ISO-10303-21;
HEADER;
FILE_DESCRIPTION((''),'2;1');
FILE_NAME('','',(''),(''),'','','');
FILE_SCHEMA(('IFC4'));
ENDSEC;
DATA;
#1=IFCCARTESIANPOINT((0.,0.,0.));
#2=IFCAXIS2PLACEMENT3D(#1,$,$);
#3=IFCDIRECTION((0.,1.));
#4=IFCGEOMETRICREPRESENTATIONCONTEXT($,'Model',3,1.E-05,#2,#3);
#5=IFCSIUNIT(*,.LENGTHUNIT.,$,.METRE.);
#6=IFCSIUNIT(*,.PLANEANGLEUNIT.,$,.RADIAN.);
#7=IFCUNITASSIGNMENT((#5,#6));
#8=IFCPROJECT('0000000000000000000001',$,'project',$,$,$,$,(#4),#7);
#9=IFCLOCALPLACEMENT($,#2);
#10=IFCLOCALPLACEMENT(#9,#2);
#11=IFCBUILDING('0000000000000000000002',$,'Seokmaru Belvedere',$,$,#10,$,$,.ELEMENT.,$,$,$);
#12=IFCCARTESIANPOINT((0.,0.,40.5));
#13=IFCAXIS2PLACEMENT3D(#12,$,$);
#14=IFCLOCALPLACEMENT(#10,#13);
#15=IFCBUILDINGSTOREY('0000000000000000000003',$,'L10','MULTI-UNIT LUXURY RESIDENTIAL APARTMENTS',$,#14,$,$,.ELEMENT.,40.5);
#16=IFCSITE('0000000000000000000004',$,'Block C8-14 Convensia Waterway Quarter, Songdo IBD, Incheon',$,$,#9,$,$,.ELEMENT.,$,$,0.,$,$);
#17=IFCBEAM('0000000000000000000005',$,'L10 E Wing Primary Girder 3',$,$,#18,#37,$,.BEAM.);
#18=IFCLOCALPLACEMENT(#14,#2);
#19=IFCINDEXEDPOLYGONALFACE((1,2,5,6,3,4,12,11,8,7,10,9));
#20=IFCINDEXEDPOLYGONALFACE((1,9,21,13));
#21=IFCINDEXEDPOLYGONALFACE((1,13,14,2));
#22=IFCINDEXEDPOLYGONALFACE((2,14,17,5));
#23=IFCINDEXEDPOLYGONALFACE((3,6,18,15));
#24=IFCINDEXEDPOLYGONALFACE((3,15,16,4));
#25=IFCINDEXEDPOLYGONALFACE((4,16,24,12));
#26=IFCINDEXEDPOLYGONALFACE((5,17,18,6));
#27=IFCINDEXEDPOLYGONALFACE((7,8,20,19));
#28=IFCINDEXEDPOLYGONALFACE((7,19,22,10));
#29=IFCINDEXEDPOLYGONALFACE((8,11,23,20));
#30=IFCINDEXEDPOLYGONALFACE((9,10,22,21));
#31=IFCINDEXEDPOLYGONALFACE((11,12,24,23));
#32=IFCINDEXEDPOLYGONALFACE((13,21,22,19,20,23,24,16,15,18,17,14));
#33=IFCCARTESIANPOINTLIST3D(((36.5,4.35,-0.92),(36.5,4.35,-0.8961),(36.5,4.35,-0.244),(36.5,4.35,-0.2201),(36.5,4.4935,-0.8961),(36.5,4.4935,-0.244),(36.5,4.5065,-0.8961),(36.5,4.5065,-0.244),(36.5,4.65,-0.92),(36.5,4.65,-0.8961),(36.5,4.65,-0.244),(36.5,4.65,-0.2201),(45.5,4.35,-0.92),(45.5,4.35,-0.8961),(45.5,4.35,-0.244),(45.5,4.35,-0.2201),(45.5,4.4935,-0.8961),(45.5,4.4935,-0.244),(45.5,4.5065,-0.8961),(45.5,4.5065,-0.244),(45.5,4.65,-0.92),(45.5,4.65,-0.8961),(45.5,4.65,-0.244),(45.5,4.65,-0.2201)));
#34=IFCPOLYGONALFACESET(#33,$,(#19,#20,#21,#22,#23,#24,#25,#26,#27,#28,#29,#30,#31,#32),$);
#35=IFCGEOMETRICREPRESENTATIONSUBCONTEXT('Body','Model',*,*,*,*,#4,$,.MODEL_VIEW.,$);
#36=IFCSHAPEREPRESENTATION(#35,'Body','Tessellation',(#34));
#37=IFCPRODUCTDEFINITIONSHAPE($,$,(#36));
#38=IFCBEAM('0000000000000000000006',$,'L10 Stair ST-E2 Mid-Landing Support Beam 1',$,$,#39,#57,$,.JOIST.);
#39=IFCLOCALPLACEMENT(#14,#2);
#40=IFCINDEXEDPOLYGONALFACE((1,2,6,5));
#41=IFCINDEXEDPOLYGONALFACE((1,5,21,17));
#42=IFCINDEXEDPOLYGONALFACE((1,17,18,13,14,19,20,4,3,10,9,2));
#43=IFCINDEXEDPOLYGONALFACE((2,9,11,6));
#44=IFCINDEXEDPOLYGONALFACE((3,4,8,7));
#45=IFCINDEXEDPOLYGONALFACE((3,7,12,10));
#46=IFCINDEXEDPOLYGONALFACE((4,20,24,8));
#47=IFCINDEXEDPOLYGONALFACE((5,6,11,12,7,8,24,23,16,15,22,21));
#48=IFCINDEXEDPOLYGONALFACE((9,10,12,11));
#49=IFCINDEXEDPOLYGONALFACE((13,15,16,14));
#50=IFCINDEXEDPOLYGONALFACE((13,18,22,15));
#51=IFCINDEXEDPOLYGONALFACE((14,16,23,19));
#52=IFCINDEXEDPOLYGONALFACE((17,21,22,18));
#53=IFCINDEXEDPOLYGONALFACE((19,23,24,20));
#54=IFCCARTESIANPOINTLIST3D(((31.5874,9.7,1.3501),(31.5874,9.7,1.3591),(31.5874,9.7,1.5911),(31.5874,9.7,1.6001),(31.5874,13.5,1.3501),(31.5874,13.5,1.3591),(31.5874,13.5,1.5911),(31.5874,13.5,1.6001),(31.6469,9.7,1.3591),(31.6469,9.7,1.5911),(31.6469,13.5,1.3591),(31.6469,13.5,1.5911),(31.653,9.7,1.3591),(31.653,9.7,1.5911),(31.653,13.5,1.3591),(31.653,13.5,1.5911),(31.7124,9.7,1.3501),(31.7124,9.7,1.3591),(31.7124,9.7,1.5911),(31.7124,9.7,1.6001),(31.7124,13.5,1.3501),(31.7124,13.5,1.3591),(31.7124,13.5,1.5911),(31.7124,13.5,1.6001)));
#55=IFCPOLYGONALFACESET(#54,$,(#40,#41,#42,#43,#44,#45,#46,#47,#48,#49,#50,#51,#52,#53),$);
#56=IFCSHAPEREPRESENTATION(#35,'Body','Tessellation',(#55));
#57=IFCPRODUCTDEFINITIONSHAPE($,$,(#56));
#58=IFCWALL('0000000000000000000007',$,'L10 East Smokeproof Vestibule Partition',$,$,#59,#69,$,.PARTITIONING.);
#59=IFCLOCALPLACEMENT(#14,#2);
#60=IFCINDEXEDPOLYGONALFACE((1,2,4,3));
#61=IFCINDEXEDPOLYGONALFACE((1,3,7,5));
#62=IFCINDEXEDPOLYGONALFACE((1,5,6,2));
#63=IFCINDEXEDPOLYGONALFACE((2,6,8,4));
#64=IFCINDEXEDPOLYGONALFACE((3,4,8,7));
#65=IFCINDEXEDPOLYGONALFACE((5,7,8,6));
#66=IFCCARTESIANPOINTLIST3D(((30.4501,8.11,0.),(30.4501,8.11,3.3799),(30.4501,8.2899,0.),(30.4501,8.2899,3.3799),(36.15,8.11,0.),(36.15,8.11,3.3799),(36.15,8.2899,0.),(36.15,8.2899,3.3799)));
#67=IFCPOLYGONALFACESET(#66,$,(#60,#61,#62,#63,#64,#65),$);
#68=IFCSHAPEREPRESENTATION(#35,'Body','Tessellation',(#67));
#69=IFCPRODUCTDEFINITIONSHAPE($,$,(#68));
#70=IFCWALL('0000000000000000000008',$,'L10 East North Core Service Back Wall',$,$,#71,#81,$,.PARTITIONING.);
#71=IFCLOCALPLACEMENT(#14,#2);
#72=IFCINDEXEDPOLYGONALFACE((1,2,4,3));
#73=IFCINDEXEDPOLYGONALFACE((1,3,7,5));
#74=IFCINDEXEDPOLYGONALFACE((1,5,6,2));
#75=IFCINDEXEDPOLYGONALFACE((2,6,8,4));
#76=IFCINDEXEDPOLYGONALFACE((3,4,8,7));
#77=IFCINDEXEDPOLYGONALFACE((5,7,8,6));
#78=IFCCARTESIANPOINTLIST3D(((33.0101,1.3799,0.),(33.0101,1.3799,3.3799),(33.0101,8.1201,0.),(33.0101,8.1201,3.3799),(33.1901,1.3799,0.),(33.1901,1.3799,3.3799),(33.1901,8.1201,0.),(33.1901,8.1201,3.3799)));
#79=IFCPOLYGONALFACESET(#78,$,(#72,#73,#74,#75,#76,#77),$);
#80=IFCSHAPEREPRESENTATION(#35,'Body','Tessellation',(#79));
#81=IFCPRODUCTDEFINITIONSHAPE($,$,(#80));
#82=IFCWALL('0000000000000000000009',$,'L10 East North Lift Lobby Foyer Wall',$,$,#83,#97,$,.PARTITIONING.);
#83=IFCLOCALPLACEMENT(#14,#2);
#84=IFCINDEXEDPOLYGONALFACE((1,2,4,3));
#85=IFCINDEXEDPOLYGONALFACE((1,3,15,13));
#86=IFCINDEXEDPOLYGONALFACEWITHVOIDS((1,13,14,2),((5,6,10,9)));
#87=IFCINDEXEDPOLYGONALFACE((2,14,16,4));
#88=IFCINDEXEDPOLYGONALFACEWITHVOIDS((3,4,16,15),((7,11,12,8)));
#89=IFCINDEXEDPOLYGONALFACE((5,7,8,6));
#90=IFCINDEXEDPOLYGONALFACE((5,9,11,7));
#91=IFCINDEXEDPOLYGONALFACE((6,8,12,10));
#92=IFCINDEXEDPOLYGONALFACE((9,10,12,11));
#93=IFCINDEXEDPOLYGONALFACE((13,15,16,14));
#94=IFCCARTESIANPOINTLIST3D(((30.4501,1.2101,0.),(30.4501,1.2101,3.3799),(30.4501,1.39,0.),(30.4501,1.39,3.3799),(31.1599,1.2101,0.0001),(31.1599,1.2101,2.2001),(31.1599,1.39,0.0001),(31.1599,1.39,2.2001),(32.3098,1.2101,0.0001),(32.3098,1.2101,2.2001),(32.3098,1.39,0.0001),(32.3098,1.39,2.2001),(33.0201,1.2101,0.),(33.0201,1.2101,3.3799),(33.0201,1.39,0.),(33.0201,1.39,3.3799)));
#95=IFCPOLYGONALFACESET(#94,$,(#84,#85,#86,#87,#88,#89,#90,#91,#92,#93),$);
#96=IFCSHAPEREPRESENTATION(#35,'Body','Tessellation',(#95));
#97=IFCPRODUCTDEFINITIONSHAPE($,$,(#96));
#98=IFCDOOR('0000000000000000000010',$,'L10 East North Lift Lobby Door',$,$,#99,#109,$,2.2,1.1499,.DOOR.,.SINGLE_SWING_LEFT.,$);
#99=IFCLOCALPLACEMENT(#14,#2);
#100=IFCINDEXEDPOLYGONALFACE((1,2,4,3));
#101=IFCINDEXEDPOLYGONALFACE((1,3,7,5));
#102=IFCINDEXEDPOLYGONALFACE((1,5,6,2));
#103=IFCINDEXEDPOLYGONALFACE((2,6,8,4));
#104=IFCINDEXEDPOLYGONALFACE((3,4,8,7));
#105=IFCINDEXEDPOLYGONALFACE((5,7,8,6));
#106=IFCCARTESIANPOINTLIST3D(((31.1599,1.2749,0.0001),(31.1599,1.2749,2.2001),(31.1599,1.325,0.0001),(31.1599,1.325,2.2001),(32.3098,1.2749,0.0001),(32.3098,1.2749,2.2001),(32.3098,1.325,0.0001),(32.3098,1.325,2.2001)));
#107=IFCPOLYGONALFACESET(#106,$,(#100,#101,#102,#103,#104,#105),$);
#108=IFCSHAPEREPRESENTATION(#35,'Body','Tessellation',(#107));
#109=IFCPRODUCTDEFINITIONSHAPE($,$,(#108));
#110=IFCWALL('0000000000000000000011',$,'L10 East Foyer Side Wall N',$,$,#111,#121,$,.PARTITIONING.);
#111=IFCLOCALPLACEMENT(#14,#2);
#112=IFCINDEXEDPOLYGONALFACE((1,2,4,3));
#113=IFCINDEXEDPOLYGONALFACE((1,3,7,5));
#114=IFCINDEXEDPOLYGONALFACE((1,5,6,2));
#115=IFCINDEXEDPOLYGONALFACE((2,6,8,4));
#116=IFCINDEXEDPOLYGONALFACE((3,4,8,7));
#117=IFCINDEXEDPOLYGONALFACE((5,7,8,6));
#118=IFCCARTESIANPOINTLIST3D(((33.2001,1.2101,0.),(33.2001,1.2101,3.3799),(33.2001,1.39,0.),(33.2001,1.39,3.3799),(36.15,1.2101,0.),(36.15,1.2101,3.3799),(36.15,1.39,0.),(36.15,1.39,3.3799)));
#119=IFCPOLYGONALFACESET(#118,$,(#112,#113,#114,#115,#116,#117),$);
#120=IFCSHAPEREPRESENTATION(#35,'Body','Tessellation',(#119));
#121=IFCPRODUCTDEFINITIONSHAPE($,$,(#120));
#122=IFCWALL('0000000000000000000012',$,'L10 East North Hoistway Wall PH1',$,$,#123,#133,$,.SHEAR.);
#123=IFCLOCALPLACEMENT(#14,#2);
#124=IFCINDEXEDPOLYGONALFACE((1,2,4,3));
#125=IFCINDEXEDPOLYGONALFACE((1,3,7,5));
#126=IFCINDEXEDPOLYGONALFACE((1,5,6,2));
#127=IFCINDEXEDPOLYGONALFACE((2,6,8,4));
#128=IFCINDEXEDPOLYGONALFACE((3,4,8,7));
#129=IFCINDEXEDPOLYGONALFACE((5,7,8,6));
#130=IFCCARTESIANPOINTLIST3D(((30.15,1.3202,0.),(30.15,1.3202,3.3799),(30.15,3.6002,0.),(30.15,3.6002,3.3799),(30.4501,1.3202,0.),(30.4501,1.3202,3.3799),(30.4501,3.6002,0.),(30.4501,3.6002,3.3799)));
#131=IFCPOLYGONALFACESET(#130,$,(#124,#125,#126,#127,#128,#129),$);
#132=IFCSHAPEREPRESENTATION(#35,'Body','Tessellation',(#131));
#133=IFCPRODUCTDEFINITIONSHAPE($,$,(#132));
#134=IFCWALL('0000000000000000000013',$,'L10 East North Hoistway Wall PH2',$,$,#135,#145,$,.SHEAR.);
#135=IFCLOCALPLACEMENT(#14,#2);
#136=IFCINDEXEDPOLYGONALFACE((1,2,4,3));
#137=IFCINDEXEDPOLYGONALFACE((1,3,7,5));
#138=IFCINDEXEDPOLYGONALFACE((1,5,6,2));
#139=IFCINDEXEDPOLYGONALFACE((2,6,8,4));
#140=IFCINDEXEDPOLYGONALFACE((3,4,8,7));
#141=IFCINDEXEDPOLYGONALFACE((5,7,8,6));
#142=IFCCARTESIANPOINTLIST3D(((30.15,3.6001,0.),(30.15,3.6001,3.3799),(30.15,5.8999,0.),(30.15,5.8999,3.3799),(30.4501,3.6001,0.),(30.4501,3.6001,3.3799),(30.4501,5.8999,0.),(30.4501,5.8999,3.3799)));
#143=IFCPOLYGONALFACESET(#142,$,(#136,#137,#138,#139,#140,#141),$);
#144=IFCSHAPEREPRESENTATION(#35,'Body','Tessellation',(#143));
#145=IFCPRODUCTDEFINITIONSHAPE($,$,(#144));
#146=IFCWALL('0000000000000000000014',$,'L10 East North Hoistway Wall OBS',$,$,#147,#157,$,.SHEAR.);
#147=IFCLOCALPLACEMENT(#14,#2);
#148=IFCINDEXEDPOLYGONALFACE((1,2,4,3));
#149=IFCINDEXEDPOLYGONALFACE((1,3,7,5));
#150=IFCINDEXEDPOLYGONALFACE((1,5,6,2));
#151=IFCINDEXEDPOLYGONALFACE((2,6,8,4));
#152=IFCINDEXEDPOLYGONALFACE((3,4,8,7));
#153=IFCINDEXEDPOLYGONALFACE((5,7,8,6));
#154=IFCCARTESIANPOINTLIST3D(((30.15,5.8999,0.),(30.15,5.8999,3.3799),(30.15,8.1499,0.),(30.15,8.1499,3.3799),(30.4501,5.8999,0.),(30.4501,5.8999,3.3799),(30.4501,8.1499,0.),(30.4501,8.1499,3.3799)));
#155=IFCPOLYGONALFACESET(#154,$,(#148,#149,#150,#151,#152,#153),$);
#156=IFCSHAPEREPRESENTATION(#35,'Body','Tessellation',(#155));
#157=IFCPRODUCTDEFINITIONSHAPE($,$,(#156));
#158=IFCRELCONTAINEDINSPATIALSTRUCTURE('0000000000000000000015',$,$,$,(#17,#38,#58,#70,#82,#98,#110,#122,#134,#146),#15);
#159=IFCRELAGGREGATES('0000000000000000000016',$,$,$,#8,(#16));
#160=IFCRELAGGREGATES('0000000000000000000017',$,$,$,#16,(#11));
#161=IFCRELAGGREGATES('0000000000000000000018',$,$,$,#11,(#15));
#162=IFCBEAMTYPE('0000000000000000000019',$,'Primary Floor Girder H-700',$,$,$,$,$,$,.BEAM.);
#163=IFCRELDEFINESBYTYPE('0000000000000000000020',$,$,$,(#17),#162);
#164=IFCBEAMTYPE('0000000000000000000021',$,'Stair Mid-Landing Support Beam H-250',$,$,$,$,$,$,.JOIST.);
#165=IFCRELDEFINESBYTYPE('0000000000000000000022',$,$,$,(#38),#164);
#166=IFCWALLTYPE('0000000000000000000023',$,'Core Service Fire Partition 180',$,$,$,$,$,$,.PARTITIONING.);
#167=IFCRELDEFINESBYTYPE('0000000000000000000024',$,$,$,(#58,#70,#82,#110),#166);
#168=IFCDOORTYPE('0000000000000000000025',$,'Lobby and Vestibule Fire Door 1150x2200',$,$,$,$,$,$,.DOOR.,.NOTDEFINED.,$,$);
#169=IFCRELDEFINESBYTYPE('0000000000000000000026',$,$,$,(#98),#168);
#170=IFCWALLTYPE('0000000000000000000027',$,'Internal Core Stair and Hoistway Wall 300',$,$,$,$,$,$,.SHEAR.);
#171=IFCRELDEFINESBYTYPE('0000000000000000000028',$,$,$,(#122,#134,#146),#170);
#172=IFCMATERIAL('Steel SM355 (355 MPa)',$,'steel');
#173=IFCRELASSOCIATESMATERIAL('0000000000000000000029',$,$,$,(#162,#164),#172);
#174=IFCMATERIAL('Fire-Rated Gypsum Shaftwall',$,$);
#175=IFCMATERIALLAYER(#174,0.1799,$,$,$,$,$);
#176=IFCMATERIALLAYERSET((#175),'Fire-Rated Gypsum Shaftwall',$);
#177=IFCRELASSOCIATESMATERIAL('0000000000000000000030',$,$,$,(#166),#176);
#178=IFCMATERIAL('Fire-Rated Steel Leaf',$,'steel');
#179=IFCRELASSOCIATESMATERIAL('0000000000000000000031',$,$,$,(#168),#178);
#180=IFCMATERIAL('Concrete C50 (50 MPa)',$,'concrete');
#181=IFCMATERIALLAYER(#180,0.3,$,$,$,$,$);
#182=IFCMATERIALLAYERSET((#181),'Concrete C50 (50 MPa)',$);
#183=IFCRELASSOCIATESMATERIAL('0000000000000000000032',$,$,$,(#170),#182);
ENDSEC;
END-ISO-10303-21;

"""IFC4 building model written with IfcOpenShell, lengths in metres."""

from ifc_helpers import new_model, si_unit, direction, frame, frame_2d, origin, origin_2d, place, context, subcontext, project, spatial, rectangle, i_section, extrude, source, transform, mapped, material, layer, layer_set, material_profile, profile_set, type_object, type_shapes, element, fill, save


model = new_model("IFC4")

# Units and contexts
model_context = context("Model", 3, precision=1e-05, world=origin(), true_north=direction((0.0, 1.0)))
body_context = subcontext(model_context, "Body", "Model", "MODEL_VIEW")
ifc_project = project(units=[si_unit("LENGTHUNIT", "METRE"), si_unit("PLANEANGLEUNIT", "RADIAN")], contexts=[model_context])

# Site, building, storey
site_placement = place(None, origin())
site = spatial("IfcSite", under=ifc_project, at=site_placement, Name="Block C8-14 Convensia Waterway Quarter, Songdo IBD, Incheon", CompositionType="ELEMENT", RefElevation=0.0)
building_placement = place(site_placement, origin())
building = spatial("IfcBuilding", under=site, at=building_placement, Name="Seokmaru Belvedere", CompositionType="ELEMENT")
storey_placement = place(building_placement, frame((0.0, 0.0, 40.5)))
storey = spatial("IfcBuildingStorey", under=building, at=storey_placement, Name="L10", Description="MULTI-UNIT LUXURY RESIDENTIAL APARTMENTS", CompositionType="ELEMENT", Elevation=40.5)

# Beams
ifc_material_1 = material(Name="Steel SM355 (355 MPa)", Category="steel")
ifc_material_profile_1 = material_profile(ifc_material_1, i_section(OverallWidth=0.3, OverallDepth=0.7, WebThickness=0.0129, FlangeThickness=0.0239, at=origin_2d()), Name="H-700x300x13x24")
ifc_profile_set_1 = profile_set([ifc_material_profile_1], Name="Steel SM355 (355 MPa)")
beam_type_1 = type_object("IfcBeamType", Name="Primary Floor Girder H-700", PredefinedType="BEAM", material=ifc_profile_set_1)
shared_shape_1 = source(origin(), body_context, "Body", "SweptSolid", [
    extrude(i_section(OverallWidth=0.3, OverallDepth=0.7, WebThickness=0.0129, FlangeThickness=0.0239, at=origin_2d()), origin(), (0.0, 0.0, 1.0), 9.0),
])
type_shapes(beam_type_1, [shared_shape_1])
beam_1_placement = place(storey_placement, frame((36.5, 4.5, -0.5701), z_axis=(1.0, 0.0, 0.0), x_axis=(0.0, 1.0, 0.0)))
element("IfcBeam", 1, at=beam_1_placement, inside=storey, type_object=beam_type_1, Name="L10 E Wing Primary Girder 3", PredefinedType="BEAM", context=body_context, shape_type="MappedRepresentation", body=[
    mapped(shared_shape_1, transform((0.0, 0.0, 0.0), scale=1.0)),
])
ifc_material_profile_2 = material_profile(ifc_material_1, i_section(OverallWidth=0.125, OverallDepth=0.25, WebThickness=0.0061, FlangeThickness=0.009, at=origin_2d()), Name="H-250x125x6x9")
ifc_profile_set_2 = profile_set([ifc_material_profile_2], Name="Steel SM355 (355 MPa)")
beam_type_2 = type_object("IfcBeamType", Name="Stair Mid-Landing Support Beam H-250", PredefinedType="JOIST", material=ifc_profile_set_2)
shared_shape_2 = source(origin(), body_context, "Body", "SweptSolid", [
    extrude(i_section(OverallWidth=0.125, OverallDepth=0.25, WebThickness=0.0061, FlangeThickness=0.009, at=origin_2d()), origin(), (0.0, 0.0, 1.0), 3.8),
])
type_shapes(beam_type_2, [shared_shape_2])
beam_2_placement = place(storey_placement, frame((31.6499, 9.7, 1.4751), z_axis=(0.0, 1.0, 0.0), x_axis=(-1.0, 0.0, 0.0)))
element("IfcBeam", 2, at=beam_2_placement, inside=storey, type_object=beam_type_2, Name="L10 Stair ST-E2 Mid-Landing Support Beam 1", PredefinedType="JOIST", context=body_context, shape_type="MappedRepresentation", body=[
    mapped(shared_shape_2, transform((0.0, 0.0, 0.0), scale=1.0)),
])

# Walls
ifc_material_2 = material(Name="Fire-Rated Gypsum Shaftwall")
ifc_layer_1 = layer(ifc_material_2, 0.1799)
ifc_layer_set_1 = layer_set([ifc_layer_1], Name="Fire-Rated Gypsum Shaftwall")
wall_type_1 = type_object("IfcWallType", Name="Core Service Fire Partition 180", PredefinedType="PARTITIONING", material=ifc_layer_set_1)
wall_1_placement = place(storey_placement, frame((30.45, 8.2, 0.0), z_axis=(0.0, 0.0, 1.0), x_axis=(1.0, 0.0, 0.0)))
element("IfcWall", 3, at=wall_1_placement, inside=storey, type_object=wall_type_1, Name="L10 East Smokeproof Vestibule Partition", PredefinedType="PARTITIONING", context=body_context, shape_type="SweptSolid", body=[
    extrude(rectangle(XDim=5.7, YDim=0.1799, at=frame_2d((2.8501, 0.0))), origin(), (0.0, 0.0, 1.0), 3.3799),
])
wall_2_placement = place(storey_placement, frame((33.1001, 1.3799, 0.0), z_axis=(0.0, 0.0, 1.0), x_axis=(0.0, 1.0, 0.0)))
element("IfcWall", 4, at=wall_2_placement, inside=storey, type_object=wall_type_1, Name="L10 East North Core Service Back Wall", PredefinedType="PARTITIONING", context=body_context, shape_type="SweptSolid", body=[
    extrude(rectangle(XDim=6.7402, YDim=0.1799, at=frame_2d((3.3701, 0.0))), origin(), (0.0, 0.0, 1.0), 3.3799),
])

# Wall, opening, door
wall_3_placement = place(storey_placement, frame((30.45, 1.3, 0.0), z_axis=(0.0, 0.0, 1.0), x_axis=(1.0, 0.0, 0.0)))
wall_3 = element("IfcWall", 5, at=wall_3_placement, inside=storey, type_object=wall_type_1, Name="L10 East North Lift Lobby Foyer Wall", PredefinedType="PARTITIONING", context=body_context, shape_type="SweptSolid", body=[
    extrude(rectangle(XDim=2.5701, YDim=0.1799, at=frame_2d((1.2852, 0.0))), origin(), (0.0, 0.0, 1.0), 3.3799),
])
opening_1_placement = place(wall_3_placement, frame((0.71, 0.0, 0.0)))
opening_1 = element("IfcOpeningElement", 6, at=opening_1_placement, cuts=wall_3, PredefinedType="OPENING", context=body_context, shape_type="SweptSolid", body=[
    extrude(rectangle(XDim=1.1499, YDim=2.2, at=frame_2d((0.575, 1.1001))), frame((0.0, 0.1001, 0.0), z_axis=(0.0, -1.0, 0.0), x_axis=(1.0, 0.0, 0.0)), (0.0, 0.0, 1.0), 0.2),
])
ifc_material_3 = material(Name="Fire-Rated Steel Leaf", Category="steel")
door_type_1 = type_object("IfcDoorType", Name="Lobby and Vestibule Fire Door 1150x2200", OperationType="NOTDEFINED", PredefinedType="DOOR", material=ifc_material_3)
shared_shape_3 = source(origin(), body_context, "Body", "SweptSolid", [
    extrude(rectangle(XDim=1.1499, YDim=2.2, at=frame_2d((0.575, 1.1001))), frame((0.0, 0.0249, 0.0), z_axis=(0.0, -1.0, 0.0), x_axis=(1.0, 0.0, 0.0)), (0.0, 0.0, 1.0), 0.05),
])
type_shapes(door_type_1, [shared_shape_3])
door_1_placement = place(opening_1_placement, origin())
door_1 = element("IfcDoor", 7, at=door_1_placement, inside=storey, type_object=door_type_1, Name="L10 East North Lift Lobby Door", OperationType="SINGLE_SWING_LEFT", OverallHeight=2.2, OverallWidth=1.1499, PredefinedType="DOOR", context=body_context, shape_type="MappedRepresentation", body=[
    mapped(shared_shape_3, transform((0.0, 0.0, 0.0), scale=1.0)),
])
fill(opening_1, door_1)

# Walls
wall_4_placement = place(storey_placement, frame((33.2, 1.3, 0.0), z_axis=(0.0, 0.0, 1.0), x_axis=(1.0, 0.0, 0.0)))
element("IfcWall", 8, at=wall_4_placement, inside=storey, type_object=wall_type_1, Name="L10 East Foyer Side Wall N", PredefinedType="PARTITIONING", context=body_context, shape_type="SweptSolid", body=[
    extrude(rectangle(XDim=2.95, YDim=0.1799, at=frame_2d((1.4751, 0.0))), origin(), (0.0, 0.0, 1.0), 3.3799),
])
ifc_material_4 = material(Name="Concrete C50 (50 MPa)", Category="concrete")
ifc_layer_2 = layer(ifc_material_4, 0.3)
ifc_layer_set_2 = layer_set([ifc_layer_2], Name="Concrete C50 (50 MPa)")
wall_type_2 = type_object("IfcWallType", Name="Internal Core Stair and Hoistway Wall 300", PredefinedType="SHEAR", material=ifc_layer_set_2)
wall_5_placement = place(storey_placement, frame((30.3, 1.3201, 0.0), z_axis=(0.0, 0.0, 1.0), x_axis=(0.0, 1.0, 0.0)))
element("IfcWall", 9, at=wall_5_placement, inside=storey, type_object=wall_type_2, Name="L10 East North Hoistway Wall PH1", PredefinedType="SHEAR", context=body_context, shape_type="SweptSolid", body=[
    extrude(rectangle(XDim=2.28, YDim=0.3, at=frame_2d((1.1401, 0.0))), origin(), (0.0, 0.0, 1.0), 3.3799),
])
wall_6_placement = place(storey_placement, frame((30.3, 3.6001, 0.0), z_axis=(0.0, 0.0, 1.0), x_axis=(0.0, 1.0, 0.0)))
element("IfcWall", 10, at=wall_6_placement, inside=storey, type_object=wall_type_2, Name="L10 East North Hoistway Wall PH2", PredefinedType="SHEAR", context=body_context, shape_type="SweptSolid", body=[
    extrude(rectangle(XDim=2.2998, YDim=0.3, at=frame_2d((1.1499, 0.0))), origin(), (0.0, 0.0, 1.0), 3.3799),
])
wall_7_placement = place(storey_placement, frame((30.3, 5.8999, 0.0), z_axis=(0.0, 0.0, 1.0), x_axis=(0.0, 1.0, 0.0)))
element("IfcWall", 11, at=wall_7_placement, inside=storey, type_object=wall_type_2, Name="L10 East North Hoistway Wall OBS", PredefinedType="SHEAR", context=body_context, shape_type="SweptSolid", body=[
    extrude(rectangle(XDim=2.25, YDim=0.3, at=frame_2d((1.125, 0.0))), origin(), (0.0, 0.0, 1.0), 3.3799),
])

save(model, "model.ifc")
